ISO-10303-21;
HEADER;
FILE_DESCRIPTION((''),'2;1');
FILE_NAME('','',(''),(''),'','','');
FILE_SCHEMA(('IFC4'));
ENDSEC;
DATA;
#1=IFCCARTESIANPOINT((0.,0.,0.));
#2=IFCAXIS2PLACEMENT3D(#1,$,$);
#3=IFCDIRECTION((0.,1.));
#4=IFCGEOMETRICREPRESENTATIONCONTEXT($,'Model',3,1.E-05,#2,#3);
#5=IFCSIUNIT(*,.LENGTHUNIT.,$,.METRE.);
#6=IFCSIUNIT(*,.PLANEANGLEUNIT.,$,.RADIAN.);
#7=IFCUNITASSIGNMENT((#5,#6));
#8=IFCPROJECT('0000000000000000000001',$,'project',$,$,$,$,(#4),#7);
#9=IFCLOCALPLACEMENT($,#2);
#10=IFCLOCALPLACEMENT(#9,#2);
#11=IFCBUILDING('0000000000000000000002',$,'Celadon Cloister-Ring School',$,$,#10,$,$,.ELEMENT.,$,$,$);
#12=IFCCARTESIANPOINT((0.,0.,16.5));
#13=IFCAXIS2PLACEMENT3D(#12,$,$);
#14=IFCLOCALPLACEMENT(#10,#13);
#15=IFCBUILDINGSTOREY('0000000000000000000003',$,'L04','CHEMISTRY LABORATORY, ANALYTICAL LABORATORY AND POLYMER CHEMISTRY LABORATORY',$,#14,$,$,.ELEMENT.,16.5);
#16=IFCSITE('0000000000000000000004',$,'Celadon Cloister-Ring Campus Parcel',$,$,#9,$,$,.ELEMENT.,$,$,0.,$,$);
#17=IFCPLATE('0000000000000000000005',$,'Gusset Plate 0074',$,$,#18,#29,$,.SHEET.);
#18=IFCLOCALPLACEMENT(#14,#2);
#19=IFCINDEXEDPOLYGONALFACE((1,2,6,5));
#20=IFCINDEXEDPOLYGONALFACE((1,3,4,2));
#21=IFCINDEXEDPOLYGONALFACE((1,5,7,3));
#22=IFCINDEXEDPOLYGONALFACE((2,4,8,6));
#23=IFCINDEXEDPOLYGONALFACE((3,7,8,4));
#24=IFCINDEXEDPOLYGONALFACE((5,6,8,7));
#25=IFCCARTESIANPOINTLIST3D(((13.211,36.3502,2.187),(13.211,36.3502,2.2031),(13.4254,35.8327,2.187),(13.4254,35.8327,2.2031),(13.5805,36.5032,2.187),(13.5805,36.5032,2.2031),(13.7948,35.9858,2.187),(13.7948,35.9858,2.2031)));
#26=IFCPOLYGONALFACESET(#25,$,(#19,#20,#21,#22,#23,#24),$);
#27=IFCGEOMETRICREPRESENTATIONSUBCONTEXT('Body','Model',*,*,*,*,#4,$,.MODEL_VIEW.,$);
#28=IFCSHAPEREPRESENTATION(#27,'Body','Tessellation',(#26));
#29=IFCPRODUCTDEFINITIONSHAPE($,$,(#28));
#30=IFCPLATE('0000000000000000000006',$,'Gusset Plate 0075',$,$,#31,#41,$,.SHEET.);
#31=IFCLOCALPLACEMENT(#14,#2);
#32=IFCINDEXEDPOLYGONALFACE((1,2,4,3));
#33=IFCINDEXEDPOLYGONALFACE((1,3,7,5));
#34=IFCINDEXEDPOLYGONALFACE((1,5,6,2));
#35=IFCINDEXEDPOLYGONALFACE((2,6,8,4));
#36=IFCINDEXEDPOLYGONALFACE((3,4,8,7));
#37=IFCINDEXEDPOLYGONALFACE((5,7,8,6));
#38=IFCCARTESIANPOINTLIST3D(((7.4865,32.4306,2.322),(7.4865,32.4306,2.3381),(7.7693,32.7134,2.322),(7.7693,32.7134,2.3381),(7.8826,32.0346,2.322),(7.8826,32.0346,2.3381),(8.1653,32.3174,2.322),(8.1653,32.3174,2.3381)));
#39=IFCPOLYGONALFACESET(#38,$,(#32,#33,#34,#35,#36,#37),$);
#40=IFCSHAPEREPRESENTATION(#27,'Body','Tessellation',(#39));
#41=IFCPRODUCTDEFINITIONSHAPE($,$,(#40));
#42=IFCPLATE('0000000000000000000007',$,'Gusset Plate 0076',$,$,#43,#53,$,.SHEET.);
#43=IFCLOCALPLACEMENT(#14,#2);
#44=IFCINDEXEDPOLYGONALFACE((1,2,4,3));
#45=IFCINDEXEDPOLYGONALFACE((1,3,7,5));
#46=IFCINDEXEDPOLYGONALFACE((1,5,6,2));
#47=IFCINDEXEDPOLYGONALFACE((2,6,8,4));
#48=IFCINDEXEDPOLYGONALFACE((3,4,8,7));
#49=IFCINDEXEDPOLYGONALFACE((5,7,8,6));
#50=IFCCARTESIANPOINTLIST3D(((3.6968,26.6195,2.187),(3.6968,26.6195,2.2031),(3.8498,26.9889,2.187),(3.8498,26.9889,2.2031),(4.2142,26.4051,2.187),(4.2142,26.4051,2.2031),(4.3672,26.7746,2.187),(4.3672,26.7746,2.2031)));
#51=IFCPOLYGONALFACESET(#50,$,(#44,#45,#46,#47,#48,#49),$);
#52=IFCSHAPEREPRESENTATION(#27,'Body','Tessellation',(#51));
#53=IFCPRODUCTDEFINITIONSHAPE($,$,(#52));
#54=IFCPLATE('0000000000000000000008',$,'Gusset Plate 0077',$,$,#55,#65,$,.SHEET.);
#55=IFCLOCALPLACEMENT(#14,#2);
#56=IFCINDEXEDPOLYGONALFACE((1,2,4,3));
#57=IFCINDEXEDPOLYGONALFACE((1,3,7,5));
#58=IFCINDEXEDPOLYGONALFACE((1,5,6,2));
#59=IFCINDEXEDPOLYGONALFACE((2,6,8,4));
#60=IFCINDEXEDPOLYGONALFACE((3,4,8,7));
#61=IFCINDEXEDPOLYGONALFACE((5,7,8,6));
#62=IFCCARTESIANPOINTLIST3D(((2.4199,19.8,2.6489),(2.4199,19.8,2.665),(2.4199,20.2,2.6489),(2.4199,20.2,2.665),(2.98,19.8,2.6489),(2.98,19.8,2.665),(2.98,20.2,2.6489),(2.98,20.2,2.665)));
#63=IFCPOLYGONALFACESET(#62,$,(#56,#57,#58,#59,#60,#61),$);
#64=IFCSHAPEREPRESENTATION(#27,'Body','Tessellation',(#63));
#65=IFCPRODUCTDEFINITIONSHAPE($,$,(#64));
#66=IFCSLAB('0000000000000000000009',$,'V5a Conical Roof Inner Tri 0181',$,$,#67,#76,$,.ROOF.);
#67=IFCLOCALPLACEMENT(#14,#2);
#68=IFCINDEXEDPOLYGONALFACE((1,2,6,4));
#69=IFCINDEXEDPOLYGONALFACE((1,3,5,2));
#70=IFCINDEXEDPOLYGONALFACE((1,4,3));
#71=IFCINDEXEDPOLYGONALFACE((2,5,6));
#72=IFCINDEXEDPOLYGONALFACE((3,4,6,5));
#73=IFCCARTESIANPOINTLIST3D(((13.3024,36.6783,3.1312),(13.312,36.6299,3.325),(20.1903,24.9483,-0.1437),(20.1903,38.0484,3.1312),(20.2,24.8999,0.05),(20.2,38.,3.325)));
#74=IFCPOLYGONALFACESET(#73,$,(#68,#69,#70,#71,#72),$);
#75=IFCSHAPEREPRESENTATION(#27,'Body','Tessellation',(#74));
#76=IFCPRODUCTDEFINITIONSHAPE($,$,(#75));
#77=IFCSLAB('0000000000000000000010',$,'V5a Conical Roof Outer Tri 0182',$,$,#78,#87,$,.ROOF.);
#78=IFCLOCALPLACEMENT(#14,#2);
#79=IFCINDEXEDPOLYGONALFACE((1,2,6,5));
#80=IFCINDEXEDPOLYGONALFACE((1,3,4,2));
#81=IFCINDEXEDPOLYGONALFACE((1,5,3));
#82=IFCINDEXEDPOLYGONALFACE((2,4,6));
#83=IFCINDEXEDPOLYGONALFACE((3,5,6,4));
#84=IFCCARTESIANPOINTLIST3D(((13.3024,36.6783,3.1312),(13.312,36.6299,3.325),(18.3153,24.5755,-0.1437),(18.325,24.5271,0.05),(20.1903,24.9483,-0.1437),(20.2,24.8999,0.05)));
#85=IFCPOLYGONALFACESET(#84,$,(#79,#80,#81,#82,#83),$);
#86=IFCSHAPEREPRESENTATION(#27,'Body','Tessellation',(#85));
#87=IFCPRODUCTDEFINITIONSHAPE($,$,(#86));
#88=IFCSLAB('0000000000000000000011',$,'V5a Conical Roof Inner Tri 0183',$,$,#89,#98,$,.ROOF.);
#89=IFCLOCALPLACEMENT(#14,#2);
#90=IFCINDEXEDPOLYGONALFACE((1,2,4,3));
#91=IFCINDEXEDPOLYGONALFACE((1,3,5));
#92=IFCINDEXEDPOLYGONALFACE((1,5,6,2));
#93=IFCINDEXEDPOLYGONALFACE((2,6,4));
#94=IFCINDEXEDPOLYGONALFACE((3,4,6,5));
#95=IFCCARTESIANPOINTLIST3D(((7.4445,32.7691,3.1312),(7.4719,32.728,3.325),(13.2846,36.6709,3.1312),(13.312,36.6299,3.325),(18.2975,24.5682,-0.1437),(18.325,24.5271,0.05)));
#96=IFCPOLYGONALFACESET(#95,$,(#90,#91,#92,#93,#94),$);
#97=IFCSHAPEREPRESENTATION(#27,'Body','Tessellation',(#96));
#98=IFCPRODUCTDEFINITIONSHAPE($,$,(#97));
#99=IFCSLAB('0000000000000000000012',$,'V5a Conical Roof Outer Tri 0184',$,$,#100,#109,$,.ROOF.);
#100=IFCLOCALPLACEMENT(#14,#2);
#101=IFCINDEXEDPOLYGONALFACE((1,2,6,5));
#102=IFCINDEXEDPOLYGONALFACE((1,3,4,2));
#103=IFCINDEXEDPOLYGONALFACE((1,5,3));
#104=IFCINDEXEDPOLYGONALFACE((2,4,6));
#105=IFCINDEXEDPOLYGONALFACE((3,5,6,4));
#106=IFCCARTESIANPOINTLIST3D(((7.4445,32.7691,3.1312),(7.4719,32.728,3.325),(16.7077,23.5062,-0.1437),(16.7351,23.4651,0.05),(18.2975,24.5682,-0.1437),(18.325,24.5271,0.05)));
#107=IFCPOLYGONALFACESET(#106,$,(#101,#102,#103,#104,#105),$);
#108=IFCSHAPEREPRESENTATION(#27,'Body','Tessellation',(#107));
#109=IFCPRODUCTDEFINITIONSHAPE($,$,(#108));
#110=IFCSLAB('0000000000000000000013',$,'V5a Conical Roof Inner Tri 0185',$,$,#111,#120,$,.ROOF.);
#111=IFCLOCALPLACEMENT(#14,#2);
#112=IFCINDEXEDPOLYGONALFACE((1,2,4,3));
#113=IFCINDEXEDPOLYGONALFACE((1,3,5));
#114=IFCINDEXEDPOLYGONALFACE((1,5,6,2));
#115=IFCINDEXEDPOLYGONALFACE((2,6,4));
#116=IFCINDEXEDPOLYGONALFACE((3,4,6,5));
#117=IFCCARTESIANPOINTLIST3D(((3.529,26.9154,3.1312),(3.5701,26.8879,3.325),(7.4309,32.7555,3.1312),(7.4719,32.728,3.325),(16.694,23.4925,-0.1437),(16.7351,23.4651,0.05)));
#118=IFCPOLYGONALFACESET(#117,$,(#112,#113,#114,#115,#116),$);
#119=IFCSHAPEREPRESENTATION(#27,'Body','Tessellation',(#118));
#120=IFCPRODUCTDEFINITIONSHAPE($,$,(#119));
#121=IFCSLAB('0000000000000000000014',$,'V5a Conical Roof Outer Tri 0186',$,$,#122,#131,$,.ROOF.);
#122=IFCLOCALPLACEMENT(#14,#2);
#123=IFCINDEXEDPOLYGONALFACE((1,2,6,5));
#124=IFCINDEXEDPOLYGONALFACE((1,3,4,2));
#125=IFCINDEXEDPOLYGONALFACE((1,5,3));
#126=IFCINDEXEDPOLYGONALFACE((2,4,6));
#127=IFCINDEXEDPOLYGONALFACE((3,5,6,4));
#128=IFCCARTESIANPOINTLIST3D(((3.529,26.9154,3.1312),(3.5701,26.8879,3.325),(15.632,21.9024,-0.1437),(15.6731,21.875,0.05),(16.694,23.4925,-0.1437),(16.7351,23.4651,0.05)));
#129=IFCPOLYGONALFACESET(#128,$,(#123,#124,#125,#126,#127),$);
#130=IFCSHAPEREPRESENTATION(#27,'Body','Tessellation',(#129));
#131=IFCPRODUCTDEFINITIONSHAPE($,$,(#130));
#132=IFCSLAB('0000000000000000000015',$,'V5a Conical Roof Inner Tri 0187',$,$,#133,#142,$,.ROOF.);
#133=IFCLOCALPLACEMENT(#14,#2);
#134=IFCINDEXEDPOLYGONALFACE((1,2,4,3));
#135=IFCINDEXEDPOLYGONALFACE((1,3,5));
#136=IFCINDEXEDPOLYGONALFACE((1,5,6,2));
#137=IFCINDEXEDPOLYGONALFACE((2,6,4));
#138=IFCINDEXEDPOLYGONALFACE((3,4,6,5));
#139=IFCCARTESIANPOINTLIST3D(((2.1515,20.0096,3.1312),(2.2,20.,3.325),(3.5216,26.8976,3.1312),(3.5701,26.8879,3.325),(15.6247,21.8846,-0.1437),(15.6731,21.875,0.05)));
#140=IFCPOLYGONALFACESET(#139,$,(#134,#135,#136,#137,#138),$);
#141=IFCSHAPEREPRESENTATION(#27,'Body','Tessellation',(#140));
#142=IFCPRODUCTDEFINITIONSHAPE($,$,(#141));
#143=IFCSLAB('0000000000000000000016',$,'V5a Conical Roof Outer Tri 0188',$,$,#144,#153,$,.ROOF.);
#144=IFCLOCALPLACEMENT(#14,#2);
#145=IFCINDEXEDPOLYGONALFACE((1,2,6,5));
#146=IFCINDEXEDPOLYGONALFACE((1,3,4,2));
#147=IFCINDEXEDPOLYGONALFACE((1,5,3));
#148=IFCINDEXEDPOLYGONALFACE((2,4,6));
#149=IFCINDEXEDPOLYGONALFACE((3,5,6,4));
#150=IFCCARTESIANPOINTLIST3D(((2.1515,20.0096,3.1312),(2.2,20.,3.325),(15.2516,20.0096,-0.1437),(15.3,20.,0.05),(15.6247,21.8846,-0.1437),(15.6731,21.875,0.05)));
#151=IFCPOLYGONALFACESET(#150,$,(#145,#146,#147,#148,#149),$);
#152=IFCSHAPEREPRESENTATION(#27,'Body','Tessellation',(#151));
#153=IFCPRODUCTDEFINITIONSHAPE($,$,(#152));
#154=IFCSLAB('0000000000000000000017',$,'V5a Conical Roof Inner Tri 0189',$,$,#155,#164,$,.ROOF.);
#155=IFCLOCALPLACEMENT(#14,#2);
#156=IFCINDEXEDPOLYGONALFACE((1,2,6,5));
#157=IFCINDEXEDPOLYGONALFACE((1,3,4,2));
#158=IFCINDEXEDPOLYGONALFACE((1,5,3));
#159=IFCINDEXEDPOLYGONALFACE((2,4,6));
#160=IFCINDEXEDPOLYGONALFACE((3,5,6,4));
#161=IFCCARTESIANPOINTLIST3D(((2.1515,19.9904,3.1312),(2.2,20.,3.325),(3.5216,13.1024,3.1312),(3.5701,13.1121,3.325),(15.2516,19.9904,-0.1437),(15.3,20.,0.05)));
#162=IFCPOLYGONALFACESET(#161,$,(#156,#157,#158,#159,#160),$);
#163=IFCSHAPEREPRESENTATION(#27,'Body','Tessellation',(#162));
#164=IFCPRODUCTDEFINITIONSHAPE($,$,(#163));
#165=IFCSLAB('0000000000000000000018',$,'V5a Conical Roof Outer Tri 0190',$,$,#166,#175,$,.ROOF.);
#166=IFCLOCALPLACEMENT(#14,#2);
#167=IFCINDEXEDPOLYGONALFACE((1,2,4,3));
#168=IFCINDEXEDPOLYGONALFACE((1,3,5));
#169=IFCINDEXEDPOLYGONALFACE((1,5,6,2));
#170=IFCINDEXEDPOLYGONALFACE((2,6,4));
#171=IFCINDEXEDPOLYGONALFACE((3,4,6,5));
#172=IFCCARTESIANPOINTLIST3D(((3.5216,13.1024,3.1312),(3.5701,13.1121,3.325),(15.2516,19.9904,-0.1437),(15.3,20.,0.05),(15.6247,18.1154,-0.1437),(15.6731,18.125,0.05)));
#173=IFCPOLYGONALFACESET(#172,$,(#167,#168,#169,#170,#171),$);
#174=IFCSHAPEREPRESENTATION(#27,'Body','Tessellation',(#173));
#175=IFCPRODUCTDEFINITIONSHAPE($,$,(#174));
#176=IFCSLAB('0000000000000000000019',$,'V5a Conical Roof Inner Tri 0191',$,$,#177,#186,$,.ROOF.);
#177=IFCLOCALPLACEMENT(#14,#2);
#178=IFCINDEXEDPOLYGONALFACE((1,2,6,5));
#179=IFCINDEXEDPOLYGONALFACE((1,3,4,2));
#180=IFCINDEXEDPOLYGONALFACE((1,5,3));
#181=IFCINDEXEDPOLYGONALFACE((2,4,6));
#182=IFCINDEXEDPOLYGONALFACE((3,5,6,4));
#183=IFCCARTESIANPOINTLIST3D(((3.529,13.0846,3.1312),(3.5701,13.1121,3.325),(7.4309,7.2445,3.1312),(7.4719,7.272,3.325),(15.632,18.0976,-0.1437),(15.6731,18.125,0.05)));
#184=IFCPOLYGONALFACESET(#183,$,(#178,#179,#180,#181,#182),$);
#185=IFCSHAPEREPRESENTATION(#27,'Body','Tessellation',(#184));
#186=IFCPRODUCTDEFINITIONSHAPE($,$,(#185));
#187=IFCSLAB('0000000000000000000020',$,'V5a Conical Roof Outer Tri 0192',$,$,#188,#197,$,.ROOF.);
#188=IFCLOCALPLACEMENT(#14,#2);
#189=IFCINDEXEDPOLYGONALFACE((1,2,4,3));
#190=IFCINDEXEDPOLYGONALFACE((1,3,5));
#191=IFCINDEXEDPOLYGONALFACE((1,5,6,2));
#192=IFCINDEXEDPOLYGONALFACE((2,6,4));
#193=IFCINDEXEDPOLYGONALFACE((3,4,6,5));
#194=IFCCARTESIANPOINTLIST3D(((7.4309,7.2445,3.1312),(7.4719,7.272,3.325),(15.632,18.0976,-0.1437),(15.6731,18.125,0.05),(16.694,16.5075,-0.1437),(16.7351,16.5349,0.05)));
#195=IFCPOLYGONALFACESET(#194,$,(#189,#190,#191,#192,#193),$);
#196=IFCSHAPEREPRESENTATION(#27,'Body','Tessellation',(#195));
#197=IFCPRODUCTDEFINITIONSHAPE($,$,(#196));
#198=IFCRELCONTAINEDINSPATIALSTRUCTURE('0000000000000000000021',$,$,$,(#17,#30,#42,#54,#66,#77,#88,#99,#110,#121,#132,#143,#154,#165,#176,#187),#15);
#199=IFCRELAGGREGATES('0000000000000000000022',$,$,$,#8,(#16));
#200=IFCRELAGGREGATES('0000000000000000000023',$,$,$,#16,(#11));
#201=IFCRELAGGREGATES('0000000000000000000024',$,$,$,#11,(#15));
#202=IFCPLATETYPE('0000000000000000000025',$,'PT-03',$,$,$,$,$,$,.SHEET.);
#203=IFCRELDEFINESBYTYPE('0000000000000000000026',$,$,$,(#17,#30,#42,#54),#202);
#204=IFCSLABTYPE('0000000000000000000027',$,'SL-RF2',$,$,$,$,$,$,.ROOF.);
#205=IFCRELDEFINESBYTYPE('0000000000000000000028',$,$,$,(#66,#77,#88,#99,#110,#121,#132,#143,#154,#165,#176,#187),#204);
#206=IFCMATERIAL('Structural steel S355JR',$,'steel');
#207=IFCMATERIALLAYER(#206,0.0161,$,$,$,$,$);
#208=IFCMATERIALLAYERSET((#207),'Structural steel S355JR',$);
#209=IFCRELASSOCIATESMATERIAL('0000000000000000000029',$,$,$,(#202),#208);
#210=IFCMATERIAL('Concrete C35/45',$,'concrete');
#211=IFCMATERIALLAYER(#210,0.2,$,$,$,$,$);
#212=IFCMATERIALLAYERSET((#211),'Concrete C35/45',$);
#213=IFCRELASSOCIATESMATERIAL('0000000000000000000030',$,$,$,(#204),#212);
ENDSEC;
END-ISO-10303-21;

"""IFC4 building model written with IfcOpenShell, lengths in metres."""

from ifc_helpers import new_model, si_unit, direction, frame, origin, origin_2d, place, context, subcontext, project, spatial, polyline, rectangle, outline, extrude, material, layer, layer_set, type_object, element, save


model = new_model("IFC4")

# Units and contexts
model_context = context("Model", 3, precision=1e-05, world=origin(), true_north=direction((0.0, 1.0)))
body_context = subcontext(model_context, "Body", "Model", "MODEL_VIEW")
ifc_project = project(units=[si_unit("LENGTHUNIT", "METRE"), si_unit("PLANEANGLEUNIT", "RADIAN")], contexts=[model_context])

# Site, building, storey
site_placement = place(None, origin())
site = spatial("IfcSite", under=ifc_project, at=site_placement, Name="Celadon Cloister-Ring Campus Parcel", CompositionType="ELEMENT", RefElevation=0.0)
building_placement = place(site_placement, origin())
building = spatial("IfcBuilding", under=site, at=building_placement, Name="Celadon Cloister-Ring School", CompositionType="ELEMENT")
storey_placement = place(building_placement, frame((0.0, 0.0, 16.5)))
storey = spatial("IfcBuildingStorey", under=building, at=storey_placement, Name="L04", Description="CHEMISTRY LABORATORY, ANALYTICAL LABORATORY AND POLYMER CHEMISTRY LABORATORY", CompositionType="ELEMENT", Elevation=16.5)

# Plates
ifc_material_1 = material(Name="Structural steel S355JR", Category="steel")
ifc_layer_1 = layer(ifc_material_1, 0.0161)
ifc_layer_set_1 = layer_set([ifc_layer_1], Name="Structural steel S355JR")
plate_type = type_object("IfcPlateType", Name="PT-03", PredefinedType="SHEET", material=ifc_layer_set_1)
for number, where, z_axis, x_axis, name in (
    (1, (13.5029, 36.168, 2.187), (0.0, 0.0, 1.0), (-0.382683, 0.92388, 0.0), "Gusset Plate 0074"),
    (2, (7.8259, 32.374, 2.322), (0.0, 0.0, 1.0), (-0.707107, 0.707107, 0.0), "Gusset Plate 0075"),
    (3, (4.032, 26.697, 2.187), (0.0, 0.0, 1.0), (-0.92388, 0.382683, 0.0), "Gusset Plate 0076"),
    (4, (2.7, 20.0, 2.6489), (0.0, 0.0, 1.0), (-1.0, 0.0, 0.0), "Gusset Plate 0077"),
):
    element("IfcPlate", number, at=place(storey_placement, frame(where, z_axis=z_axis, x_axis=x_axis)), inside=storey, type_object=plate_type, Name=name, PredefinedType="SHEET", context=body_context, shape_type="SweptSolid", body=[
        extrude(rectangle(XDim=0.5601, YDim=0.3999, at=origin_2d()), origin(), (0.0, 0.0, 1.0), 0.0161),
    ])

# Slabs
ifc_material_2 = material(Name="Concrete C35/45", Category="concrete")
ifc_layer_2 = layer(ifc_material_2, 0.2)
ifc_layer_set_2 = layer_set([ifc_layer_2], Name="Concrete C35/45")
slab_type = type_object("IfcSlabType", Name="SL-RF2", PredefinedType="ROOF", material=ifc_layer_set_2)
slab_1_placement = place(storey_placement, frame((20.2, 24.8999, 0.05), z_axis=(0.048186, -0.242245, 0.969018), x_axis=(0.0, 0.970145, 0.242527)))
element("IfcSlab", 5, at=slab_1_placement, inside=storey, type_object=slab_type, Name="V5a Conical Roof Inner Tri 0181", PredefinedType="ROOF", context=body_context, shape_type="SweptSolid", body=[
    extrude(outline(polyline([(0.0, 0.0), (13.5032, 0.0), (12.174, 6.896), (0.0, 0.0)])), origin(), (0.0, 0.0, -1.0), 0.2),
])
slab_2_placement = place(storey_placement, frame((20.2, 24.8999, 0.05), z_axis=(0.048167, -0.242256, 0.969016), x_axis=(-0.492296, 0.838367, 0.234064)))
element("IfcSlab", 6, at=slab_2_placement, inside=storey, type_object=slab_type, Name="V5a Conical Roof Outer Tri 0182", PredefinedType="ROOF", context=body_context, shape_type="SweptSolid", body=[
    extrude(outline(polyline([(0.0, 0.0), (13.9915, 0.0), (0.6105, 1.8116), (0.0, 0.0)])), origin(), (0.0, 0.0, -1.0), 0.2),
])
slab_3_placement = place(storey_placement, frame((18.325, 24.5271, 0.05), z_axis=(0.137213, -0.205374, 0.969017), x_axis=(-0.371245, 0.896301, 0.242531)))
element("IfcSlab", 7, at=slab_3_placement, inside=storey, type_object=slab_type, Name="V5a Conical Roof Inner Tri 0183", PredefinedType="ROOF", context=body_context, shape_type="SweptSolid", body=[
    extrude(outline(polyline([(0.0, 0.0), (13.503, 0.0), (12.1739, 6.8967), (0.0, 0.0)])), origin(), (0.0, 0.0, -1.0), 0.2),
])
slab_4_placement = place(storey_placement, frame((18.325, 24.5271, 0.05), z_axis=(0.1372, -0.20539, 0.969015), x_axis=(-0.775675, 0.586127, 0.23406)))
element("IfcSlab", 8, at=slab_4_placement, inside=storey, type_object=slab_type, Name="V5a Conical Roof Outer Tri 0184", PredefinedType="ROOF", context=body_context, shape_type="SweptSolid", body=[
    extrude(outline(polyline([(0.0, 0.0), (13.9917, 0.0), (0.6107, 1.8118), (0.0, 0.0)])), origin(), (0.0, 0.0, -1.0), 0.2),
])
slab_5_placement = place(storey_placement, frame((16.7351, 23.4651, 0.05), z_axis=(0.205375, -0.137214, 0.969017), x_axis=(-0.686004, 0.685986, 0.24253)))
element("IfcSlab", 9, at=slab_5_placement, inside=storey, type_object=slab_type, Name="V5a Conical Roof Inner Tri 0185", PredefinedType="ROOF", context=body_context, shape_type="SweptSolid", body=[
    extrude(outline(polyline([(0.0, 0.0), (13.5031, 0.0), (12.1736, 6.8966), (0.0, 0.0)])), origin(), (0.0, 0.0, -1.0), 0.2),
])
slab_6_placement = place(storey_placement, frame((16.7351, 23.4651, 0.05), z_axis=(0.205386, -0.137176, 0.96902), x_axis=(-0.940938, 0.24464, 0.234065)))
element("IfcSlab", 10, at=slab_6_placement, inside=storey, type_object=slab_type, Name="V5a Conical Roof Outer Tri 0186", PredefinedType="ROOF", context=body_context, shape_type="SweptSolid", body=[
    extrude(outline(polyline([(0.0, 0.0), (13.9914, 0.0), (0.6103, 1.8121), (0.0, 0.0)])), origin(), (0.0, 0.0, -1.0), 0.2),
])
slab_7_placement = place(storey_placement, frame((15.6731, 21.875, 0.05), z_axis=(0.242244, -0.048186, 0.969018), x_axis=(-0.896305, 0.371239, 0.242527)))
element("IfcSlab", 11, at=slab_7_placement, inside=storey, type_object=slab_type, Name="V5a Conical Roof Inner Tri 0187", PredefinedType="ROOF", context=body_context, shape_type="SweptSolid", body=[
    extrude(outline(polyline([(0.0, 0.0), (13.5033, 0.0), (12.1742, 6.896), (0.0, 0.0)])), origin(), (0.0, 0.0, -1.0), 0.2),
])
slab_8_placement = place(storey_placement, frame((15.6731, 21.875, 0.05), z_axis=(0.242245, -0.048197, 0.969017), x_axis=(-0.962942, -0.134009, 0.234061)))
element("IfcSlab", 12, at=slab_8_placement, inside=storey, type_object=slab_type, Name="V5a Conical Roof Outer Tri 0188", PredefinedType="ROOF", context=body_context, shape_type="SweptSolid", body=[
    extrude(outline(polyline([(0.0, 0.0), (13.9916, 0.0), (0.6105, 1.8117), (0.0, 0.0)])), origin(), (0.0, 0.0, -1.0), 0.2),
])
slab_9_placement = place(storey_placement, frame((15.3, 20.0, 0.05), z_axis=(0.242245, 0.048186, 0.969018), x_axis=(-0.970145, 0.0, 0.242527)))
element("IfcSlab", 13, at=slab_9_placement, inside=storey, type_object=slab_type, Name="V5a Conical Roof Inner Tri 0189", PredefinedType="ROOF", context=body_context, shape_type="SweptSolid", body=[
    extrude(outline(polyline([(0.0, 0.0), (13.5032, 0.0), (12.174, 6.896), (0.0, 0.0)])), origin(), (0.0, 0.0, -1.0), 0.2),
])
slab_10_placement = place(storey_placement, frame((15.3, 20.0, 0.05), z_axis=(0.24224, 0.048196, 0.969019), x_axis=(-0.838367, -0.492296, 0.234064)))
element("IfcSlab", 14, at=slab_10_placement, inside=storey, type_object=slab_type, Name="V5a Conical Roof Outer Tri 0190", PredefinedType="ROOF", context=body_context, shape_type="SweptSolid", body=[
    extrude(outline(polyline([(0.0, 0.0), (13.9915, 0.0), (0.6103, 1.8117), (0.0, 0.0)])), origin(), (0.0, 0.0, -1.0), 0.2),
])
slab_11_placement = place(storey_placement, frame((15.6731, 18.125, 0.05), z_axis=(0.205371, 0.137211, 0.969018), x_axis=(-0.896305, -0.371239, 0.242527)))
element("IfcSlab", 15, at=slab_11_placement, inside=storey, type_object=slab_type, Name="V5a Conical Roof Inner Tri 0191", PredefinedType="ROOF", context=body_context, shape_type="SweptSolid", body=[
    extrude(outline(polyline([(0.0, 0.0), (13.5033, 0.0), (12.1741, 6.8967), (0.0, 0.0)])), origin(), (0.0, 0.0, -1.0), 0.2),
])
slab_12_placement = place(storey_placement, frame((15.6731, 18.125, 0.05), z_axis=(0.205402, 0.137187, 0.969015), x_axis=(-0.586138, -0.775667, 0.234058)))
element("IfcSlab", 16, at=slab_12_placement, inside=storey, type_object=slab_type, Name="V5a Conical Roof Outer Tri 0192", PredefinedType="ROOF", context=body_context, shape_type="SweptSolid", body=[
    extrude(outline(polyline([(0.0, 0.0), (13.9919, 0.0), (0.6109, 1.8119), (0.0, 0.0)])), origin(), (0.0, 0.0, -1.0), 0.2),
])

save(model, "model.ifc")
